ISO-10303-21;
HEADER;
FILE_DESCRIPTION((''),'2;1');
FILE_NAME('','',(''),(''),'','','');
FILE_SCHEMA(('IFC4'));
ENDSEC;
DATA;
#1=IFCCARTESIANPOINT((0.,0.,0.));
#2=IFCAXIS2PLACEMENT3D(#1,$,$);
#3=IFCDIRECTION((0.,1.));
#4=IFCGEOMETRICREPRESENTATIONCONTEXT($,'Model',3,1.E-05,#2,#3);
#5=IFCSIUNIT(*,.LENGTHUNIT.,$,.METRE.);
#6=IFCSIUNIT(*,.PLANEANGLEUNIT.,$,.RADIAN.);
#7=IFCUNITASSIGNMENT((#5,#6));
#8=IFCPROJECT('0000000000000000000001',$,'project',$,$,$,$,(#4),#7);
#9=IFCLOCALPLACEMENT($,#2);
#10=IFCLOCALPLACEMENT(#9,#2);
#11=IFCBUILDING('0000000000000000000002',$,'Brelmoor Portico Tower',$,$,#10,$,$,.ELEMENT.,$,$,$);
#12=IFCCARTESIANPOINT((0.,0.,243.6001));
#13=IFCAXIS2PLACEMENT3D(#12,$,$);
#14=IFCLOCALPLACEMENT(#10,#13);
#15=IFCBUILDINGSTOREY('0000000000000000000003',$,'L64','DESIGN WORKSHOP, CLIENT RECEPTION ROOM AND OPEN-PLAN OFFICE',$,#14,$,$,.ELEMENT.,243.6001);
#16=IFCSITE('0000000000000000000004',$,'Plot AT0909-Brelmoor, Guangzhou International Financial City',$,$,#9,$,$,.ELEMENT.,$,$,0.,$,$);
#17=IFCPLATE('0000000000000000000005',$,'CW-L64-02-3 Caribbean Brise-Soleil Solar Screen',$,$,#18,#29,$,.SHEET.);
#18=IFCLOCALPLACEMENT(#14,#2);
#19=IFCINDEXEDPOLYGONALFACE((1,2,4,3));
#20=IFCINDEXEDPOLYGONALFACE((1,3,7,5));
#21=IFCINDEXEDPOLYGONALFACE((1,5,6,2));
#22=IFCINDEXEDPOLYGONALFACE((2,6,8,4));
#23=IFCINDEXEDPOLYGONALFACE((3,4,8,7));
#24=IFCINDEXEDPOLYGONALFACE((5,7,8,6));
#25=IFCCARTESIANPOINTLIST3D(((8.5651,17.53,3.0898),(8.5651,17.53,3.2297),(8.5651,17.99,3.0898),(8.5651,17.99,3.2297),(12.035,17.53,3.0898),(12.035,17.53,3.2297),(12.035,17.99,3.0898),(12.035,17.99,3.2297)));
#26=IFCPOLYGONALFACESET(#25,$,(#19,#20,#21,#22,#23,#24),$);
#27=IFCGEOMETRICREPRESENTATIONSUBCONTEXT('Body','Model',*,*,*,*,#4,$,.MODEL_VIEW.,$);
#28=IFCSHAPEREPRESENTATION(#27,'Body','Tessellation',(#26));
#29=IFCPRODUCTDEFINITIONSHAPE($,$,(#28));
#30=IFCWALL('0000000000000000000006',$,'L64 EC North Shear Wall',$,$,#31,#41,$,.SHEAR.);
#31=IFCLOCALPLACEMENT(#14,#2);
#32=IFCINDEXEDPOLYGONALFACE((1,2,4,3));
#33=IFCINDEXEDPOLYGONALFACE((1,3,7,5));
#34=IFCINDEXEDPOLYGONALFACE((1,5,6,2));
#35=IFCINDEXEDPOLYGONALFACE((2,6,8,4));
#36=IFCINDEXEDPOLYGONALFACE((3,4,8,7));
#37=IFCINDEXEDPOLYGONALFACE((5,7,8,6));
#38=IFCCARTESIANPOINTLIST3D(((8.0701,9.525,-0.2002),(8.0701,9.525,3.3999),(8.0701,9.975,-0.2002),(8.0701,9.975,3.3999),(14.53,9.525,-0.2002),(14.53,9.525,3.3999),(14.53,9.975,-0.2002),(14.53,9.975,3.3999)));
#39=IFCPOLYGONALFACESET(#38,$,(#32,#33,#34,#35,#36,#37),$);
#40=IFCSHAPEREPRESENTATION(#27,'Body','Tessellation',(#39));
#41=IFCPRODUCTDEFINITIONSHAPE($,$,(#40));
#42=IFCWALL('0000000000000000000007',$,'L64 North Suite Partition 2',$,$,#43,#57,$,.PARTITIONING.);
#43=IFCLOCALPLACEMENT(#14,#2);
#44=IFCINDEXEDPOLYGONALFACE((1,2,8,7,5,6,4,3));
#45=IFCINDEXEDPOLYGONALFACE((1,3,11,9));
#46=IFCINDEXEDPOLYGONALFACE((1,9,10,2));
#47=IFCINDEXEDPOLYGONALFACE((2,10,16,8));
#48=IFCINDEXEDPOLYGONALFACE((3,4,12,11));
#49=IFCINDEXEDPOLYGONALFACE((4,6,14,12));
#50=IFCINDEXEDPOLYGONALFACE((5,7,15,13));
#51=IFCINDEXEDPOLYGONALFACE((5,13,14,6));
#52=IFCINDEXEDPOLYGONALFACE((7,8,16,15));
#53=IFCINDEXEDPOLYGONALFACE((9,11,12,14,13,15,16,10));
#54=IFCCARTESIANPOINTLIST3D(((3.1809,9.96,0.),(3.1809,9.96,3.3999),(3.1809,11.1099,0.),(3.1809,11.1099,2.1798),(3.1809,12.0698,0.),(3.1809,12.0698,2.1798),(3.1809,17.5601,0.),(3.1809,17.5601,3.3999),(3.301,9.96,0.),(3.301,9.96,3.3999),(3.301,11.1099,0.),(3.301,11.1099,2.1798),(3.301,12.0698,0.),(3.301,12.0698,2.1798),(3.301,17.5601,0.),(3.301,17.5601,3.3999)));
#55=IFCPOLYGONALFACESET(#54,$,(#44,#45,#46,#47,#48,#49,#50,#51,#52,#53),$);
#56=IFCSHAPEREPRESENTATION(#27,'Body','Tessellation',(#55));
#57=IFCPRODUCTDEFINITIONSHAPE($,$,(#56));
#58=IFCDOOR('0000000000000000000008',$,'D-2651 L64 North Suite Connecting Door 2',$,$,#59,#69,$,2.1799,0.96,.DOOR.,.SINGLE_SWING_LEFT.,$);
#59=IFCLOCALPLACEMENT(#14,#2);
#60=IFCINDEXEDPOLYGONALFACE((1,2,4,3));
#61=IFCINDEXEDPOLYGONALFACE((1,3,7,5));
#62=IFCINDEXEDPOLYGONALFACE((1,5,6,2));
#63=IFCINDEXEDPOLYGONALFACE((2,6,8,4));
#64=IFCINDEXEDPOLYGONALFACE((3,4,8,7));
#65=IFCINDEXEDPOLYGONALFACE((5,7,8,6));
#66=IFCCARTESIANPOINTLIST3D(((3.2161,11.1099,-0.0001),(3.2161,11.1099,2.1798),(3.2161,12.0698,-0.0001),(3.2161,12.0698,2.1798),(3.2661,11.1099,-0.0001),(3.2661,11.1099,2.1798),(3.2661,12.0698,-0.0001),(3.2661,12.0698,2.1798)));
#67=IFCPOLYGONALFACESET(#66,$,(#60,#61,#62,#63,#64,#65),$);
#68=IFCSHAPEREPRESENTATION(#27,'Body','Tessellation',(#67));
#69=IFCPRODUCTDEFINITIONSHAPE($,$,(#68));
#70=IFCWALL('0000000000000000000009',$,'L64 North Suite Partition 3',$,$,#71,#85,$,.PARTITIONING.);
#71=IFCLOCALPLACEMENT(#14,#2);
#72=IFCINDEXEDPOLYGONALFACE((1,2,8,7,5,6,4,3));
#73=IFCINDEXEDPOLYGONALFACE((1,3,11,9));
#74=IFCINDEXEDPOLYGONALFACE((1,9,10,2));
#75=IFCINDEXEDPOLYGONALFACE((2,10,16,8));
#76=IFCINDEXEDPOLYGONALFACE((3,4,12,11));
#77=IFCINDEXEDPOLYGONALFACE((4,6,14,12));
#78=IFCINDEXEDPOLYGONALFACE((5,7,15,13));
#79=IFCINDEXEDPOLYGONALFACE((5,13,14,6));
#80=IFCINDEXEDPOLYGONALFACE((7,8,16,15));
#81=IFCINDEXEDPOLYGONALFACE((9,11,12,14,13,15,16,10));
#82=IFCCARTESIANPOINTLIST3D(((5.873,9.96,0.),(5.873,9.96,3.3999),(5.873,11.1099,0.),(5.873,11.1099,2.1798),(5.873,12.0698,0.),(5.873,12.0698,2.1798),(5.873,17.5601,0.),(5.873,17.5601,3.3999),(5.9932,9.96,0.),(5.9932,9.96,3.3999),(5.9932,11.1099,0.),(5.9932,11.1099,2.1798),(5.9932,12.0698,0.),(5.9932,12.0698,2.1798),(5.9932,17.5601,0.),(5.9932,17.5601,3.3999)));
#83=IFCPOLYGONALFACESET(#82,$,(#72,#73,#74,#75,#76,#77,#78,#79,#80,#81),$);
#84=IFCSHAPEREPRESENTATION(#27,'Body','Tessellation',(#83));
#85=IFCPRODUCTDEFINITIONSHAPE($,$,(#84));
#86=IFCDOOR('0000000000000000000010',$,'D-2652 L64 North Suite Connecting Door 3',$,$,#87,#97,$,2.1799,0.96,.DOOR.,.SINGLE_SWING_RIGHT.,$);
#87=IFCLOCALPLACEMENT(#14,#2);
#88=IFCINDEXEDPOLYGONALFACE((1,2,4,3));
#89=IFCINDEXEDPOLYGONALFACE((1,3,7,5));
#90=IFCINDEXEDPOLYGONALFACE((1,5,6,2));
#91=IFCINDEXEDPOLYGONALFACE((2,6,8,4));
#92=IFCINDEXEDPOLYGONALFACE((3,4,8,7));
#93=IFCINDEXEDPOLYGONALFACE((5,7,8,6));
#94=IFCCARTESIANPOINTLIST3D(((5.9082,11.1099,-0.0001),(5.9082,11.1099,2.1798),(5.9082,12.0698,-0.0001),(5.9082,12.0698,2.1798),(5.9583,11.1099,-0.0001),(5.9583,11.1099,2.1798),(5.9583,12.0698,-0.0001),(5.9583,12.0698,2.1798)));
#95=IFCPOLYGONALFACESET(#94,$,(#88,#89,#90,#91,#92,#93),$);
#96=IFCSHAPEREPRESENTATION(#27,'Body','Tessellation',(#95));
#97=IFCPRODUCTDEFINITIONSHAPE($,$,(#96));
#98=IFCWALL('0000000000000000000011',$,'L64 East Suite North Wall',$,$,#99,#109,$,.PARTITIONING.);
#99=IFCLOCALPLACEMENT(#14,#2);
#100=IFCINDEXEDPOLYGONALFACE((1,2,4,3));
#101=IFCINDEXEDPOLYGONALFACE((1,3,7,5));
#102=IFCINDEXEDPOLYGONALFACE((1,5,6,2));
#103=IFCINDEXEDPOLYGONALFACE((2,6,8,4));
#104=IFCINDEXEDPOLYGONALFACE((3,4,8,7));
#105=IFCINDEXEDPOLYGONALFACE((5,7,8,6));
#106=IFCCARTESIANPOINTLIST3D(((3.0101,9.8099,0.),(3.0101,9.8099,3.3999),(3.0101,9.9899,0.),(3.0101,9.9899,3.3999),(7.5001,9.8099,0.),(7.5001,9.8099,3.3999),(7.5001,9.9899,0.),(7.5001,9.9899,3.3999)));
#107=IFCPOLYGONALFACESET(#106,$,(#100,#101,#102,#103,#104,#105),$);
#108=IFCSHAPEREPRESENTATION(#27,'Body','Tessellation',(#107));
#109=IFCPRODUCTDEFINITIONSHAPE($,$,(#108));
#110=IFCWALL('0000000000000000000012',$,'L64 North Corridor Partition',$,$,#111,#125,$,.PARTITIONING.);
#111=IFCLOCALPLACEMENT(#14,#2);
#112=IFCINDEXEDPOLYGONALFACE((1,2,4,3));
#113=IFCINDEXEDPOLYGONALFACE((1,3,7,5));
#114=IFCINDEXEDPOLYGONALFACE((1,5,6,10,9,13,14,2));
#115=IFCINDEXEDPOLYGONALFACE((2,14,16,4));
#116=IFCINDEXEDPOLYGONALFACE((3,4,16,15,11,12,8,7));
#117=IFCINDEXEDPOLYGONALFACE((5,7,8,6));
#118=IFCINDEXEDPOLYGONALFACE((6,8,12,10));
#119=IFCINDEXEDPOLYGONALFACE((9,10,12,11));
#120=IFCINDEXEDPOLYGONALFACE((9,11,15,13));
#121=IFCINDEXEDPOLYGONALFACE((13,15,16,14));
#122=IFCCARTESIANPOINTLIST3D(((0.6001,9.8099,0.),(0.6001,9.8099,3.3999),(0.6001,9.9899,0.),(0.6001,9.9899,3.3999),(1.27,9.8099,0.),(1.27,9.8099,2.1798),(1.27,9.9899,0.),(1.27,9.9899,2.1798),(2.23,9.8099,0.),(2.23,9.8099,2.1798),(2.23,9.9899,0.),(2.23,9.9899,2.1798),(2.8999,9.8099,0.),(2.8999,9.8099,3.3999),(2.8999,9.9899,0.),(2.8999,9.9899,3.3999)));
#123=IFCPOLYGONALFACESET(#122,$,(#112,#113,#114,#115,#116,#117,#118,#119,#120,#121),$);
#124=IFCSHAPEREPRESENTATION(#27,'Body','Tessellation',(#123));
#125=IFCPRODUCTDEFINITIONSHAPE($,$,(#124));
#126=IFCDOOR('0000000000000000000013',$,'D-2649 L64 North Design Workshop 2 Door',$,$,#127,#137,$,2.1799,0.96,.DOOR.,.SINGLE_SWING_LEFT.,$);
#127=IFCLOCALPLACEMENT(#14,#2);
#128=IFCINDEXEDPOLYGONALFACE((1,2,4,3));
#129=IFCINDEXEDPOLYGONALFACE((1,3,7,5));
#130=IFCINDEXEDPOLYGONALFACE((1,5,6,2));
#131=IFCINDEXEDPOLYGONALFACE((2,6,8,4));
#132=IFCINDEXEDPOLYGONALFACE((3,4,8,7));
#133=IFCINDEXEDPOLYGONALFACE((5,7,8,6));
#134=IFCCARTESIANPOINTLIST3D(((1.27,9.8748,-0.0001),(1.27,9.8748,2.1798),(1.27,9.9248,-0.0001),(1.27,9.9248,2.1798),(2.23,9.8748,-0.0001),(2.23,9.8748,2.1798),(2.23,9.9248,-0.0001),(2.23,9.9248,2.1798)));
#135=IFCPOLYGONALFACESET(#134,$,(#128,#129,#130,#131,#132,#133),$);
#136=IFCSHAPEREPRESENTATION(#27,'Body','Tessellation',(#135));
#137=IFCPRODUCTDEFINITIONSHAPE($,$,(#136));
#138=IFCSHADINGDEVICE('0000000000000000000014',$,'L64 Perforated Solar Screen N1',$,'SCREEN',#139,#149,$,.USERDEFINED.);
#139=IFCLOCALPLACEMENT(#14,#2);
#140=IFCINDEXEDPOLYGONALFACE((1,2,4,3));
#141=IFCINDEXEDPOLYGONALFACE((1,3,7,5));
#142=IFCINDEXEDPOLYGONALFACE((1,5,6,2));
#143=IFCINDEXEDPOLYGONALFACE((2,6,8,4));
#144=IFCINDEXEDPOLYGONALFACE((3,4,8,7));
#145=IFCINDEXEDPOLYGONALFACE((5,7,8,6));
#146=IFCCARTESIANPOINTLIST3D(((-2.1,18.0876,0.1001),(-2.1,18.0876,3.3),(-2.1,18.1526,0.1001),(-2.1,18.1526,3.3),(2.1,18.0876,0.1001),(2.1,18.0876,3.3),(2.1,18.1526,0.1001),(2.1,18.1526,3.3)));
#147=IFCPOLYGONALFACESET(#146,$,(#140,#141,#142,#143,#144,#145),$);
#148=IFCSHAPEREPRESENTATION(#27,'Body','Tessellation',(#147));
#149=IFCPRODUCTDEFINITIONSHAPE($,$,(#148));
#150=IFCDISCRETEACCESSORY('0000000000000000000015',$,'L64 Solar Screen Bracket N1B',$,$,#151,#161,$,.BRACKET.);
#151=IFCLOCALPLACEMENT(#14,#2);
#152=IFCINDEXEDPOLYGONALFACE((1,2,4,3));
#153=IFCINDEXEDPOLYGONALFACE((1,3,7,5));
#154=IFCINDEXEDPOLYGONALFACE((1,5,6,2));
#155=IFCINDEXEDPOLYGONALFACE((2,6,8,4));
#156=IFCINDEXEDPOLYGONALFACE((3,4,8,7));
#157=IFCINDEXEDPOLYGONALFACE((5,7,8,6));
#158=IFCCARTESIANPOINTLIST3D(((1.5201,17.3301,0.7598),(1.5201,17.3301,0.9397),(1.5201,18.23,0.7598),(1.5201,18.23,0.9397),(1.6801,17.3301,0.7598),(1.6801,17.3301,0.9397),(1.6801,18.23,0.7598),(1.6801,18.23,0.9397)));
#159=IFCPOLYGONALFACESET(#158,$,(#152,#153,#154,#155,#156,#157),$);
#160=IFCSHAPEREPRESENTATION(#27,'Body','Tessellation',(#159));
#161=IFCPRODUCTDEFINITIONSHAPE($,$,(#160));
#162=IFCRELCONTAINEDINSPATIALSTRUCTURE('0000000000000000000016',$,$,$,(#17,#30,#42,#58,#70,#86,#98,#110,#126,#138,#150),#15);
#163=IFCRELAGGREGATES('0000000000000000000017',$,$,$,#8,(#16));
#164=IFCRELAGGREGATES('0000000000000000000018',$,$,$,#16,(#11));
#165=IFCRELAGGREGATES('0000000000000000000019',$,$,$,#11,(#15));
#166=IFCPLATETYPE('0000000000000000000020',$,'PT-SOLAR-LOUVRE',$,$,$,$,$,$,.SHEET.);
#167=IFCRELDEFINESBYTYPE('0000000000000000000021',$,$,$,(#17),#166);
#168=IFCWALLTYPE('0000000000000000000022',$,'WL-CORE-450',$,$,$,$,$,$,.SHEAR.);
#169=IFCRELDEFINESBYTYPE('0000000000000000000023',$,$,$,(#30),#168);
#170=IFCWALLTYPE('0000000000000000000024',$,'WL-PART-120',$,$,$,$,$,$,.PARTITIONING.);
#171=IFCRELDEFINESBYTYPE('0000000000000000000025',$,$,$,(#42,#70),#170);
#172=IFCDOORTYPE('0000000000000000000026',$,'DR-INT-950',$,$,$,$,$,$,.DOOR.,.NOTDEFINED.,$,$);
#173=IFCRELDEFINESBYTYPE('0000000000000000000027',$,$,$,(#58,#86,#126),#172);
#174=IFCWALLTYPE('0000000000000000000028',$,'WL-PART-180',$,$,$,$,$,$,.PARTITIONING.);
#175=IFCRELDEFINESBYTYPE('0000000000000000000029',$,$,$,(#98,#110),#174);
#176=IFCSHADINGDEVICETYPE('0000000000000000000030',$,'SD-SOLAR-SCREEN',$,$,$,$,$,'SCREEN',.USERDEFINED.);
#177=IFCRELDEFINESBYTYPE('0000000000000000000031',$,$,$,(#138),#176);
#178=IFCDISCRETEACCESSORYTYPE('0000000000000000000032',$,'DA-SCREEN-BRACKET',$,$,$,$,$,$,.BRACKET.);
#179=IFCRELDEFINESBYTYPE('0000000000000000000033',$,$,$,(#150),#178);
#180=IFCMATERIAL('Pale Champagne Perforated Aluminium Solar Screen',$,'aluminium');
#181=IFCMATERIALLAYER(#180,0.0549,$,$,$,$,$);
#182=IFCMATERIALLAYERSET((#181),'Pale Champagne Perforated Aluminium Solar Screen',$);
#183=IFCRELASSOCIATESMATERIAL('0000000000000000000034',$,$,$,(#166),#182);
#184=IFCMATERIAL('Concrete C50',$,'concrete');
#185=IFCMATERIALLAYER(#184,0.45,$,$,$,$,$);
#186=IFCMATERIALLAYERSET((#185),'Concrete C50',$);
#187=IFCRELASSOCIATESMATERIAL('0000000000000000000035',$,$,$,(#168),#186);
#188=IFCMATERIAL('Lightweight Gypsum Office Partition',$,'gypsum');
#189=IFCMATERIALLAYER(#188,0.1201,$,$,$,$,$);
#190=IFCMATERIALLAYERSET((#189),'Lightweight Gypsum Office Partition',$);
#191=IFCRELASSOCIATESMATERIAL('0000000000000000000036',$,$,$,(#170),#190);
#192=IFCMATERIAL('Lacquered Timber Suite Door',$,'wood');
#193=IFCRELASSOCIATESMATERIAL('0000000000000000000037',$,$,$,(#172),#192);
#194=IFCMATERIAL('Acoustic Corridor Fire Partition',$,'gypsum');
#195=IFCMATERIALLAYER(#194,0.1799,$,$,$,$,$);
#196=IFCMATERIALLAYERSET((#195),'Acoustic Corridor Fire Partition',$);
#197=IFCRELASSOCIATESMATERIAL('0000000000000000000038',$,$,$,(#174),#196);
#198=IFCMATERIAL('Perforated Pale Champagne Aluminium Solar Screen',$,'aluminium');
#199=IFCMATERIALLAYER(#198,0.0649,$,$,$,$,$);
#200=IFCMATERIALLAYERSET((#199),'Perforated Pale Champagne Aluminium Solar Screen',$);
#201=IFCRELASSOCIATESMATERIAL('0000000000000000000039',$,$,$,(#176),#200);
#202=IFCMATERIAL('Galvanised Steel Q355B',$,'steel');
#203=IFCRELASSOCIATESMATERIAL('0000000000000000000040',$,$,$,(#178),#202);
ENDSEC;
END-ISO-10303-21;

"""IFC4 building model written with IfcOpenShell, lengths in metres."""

from ifc_helpers import new_model, si_unit, direction, frame, frame_2d, origin, origin_2d, place, context, subcontext, project, spatial, rectangle, extrude, material, layer, layer_set, type_object, element, fill, save


model = new_model("IFC4")

# Units and contexts
model_context = context("Model", 3, precision=1e-05, world=origin(), true_north=direction((0.0, 1.0)))
body_context = subcontext(model_context, "Body", "Model", "MODEL_VIEW")
ifc_project = project(units=[si_unit("LENGTHUNIT", "METRE"), si_unit("PLANEANGLEUNIT", "RADIAN")], contexts=[model_context])

# Site, building, storey
site_placement = place(None, origin())
site = spatial("IfcSite", under=ifc_project, at=site_placement, Name="Plot AT0909-Brelmoor, Guangzhou International Financial City", CompositionType="ELEMENT", RefElevation=0.0)
building_placement = place(site_placement, origin())
building = spatial("IfcBuilding", under=site, at=building_placement, Name="Brelmoor Portico Tower", CompositionType="ELEMENT")
storey_placement = place(building_placement, frame((0.0, 0.0, 243.6001)))
storey = spatial("IfcBuildingStorey", under=building, at=storey_placement, Name="L64", Description="DESIGN WORKSHOP, CLIENT RECEPTION ROOM AND OPEN-PLAN OFFICE", CompositionType="ELEMENT", Elevation=243.6001)

# Plate
ifc_material_1 = material(Name="Pale Champagne Perforated Aluminium Solar Screen", Category="aluminium")
ifc_layer_1 = layer(ifc_material_1, 0.0549)
ifc_layer_set_1 = layer_set([ifc_layer_1], Name="Pale Champagne Perforated Aluminium Solar Screen")
plate_type_1 = type_object("IfcPlateType", Name="PT-SOLAR-LOUVRE", PredefinedType="SHEET", material=ifc_layer_set_1)
plate_1_placement = place(storey_placement, frame((10.3, 17.76, 3.0898), z_axis=(0.0, 0.0, 1.0), x_axis=(1.0, 0.0, 0.0)))
element("IfcPlate", 1, at=plate_1_placement, inside=storey, type_object=plate_type_1, Name="CW-L64-02-3 Caribbean Brise-Soleil Solar Screen", PredefinedType="SHEET", context=body_context, shape_type="SweptSolid", body=[
    extrude(rectangle(XDim=3.47, YDim=0.46, at=origin_2d()), origin(), (0.0, 0.0, 1.0), 0.1399),
])

# Wall
ifc_material_2 = material(Name="Concrete C50", Category="concrete")
ifc_layer_2 = layer(ifc_material_2, 0.45)
ifc_layer_set_2 = layer_set([ifc_layer_2], Name="Concrete C50")
wall_type_1 = type_object("IfcWallType", Name="WL-CORE-450", PredefinedType="SHEAR", material=ifc_layer_set_2)
wall_1_placement = place(storey_placement, frame((8.0701, 9.75, -0.2002), z_axis=(0.0, 0.0, 1.0), x_axis=(1.0, 0.0, 0.0)))
element("IfcWall", 2, at=wall_1_placement, inside=storey, type_object=wall_type_1, Name="L64 EC North Shear Wall", PredefinedType="SHEAR", context=body_context, shape_type="SweptSolid", body=[
    extrude(rectangle(XDim=6.46, YDim=0.45, at=frame_2d((3.23, 0.0))), origin(), (0.0, 0.0, 1.0), 3.6001),
])

# Walls, openings, doors
ifc_material_3 = material(Name="Lightweight Gypsum Office Partition", Category="gypsum")
ifc_layer_3 = layer(ifc_material_3, 0.1201)
ifc_layer_set_3 = layer_set([ifc_layer_3], Name="Lightweight Gypsum Office Partition")
wall_type_2 = type_object("IfcWallType", Name="WL-PART-120", PredefinedType="PARTITIONING", material=ifc_layer_set_3)
wall_2_placement = place(storey_placement, frame((3.241, 9.96, 0.0), z_axis=(0.0, 0.0, 1.0), x_axis=(0.0, 1.0, 0.0)))
wall_2 = element("IfcWall", 3, at=wall_2_placement, inside=storey, type_object=wall_type_2, Name="L64 North Suite Partition 2", PredefinedType="PARTITIONING", context=body_context, shape_type="SweptSolid", body=[
    extrude(rectangle(XDim=7.6001, YDim=0.1201, at=frame_2d((3.8, 0.0))), origin(), (0.0, 0.0, 1.0), 3.3999),
])
opening_1_placement = place(wall_2_placement, frame((1.1499, 0.0, 0.0)))
opening_1 = element("IfcOpeningElement", 4, at=opening_1_placement, cuts=wall_2, PredefinedType="OPENING", context=body_context, shape_type="SweptSolid", body=[
    extrude(rectangle(XDim=0.96, YDim=2.1799, at=frame_2d((0.48, 1.0898))), frame((0.0, 0.0701, 0.0), z_axis=(0.0, -1.0, 0.0), x_axis=(1.0, 0.0, 0.0)), (0.0, 0.0, 1.0), 0.1401),
])
ifc_material_4 = material(Name="Lacquered Timber Suite Door", Category="wood")
door_type = type_object("IfcDoorType", Name="DR-INT-950", OperationType="NOTDEFINED", PredefinedType="DOOR", material=ifc_material_4)
door_1_placement = place(opening_1_placement, origin())
door_1 = element("IfcDoor", 5, at=door_1_placement, inside=storey, type_object=door_type, Name="D-2651 L64 North Suite Connecting Door 2", OperationType="SINGLE_SWING_LEFT", OverallHeight=2.1799, OverallWidth=0.96, PredefinedType="DOOR", context=body_context, shape_type="SweptSolid", body=[
    extrude(rectangle(XDim=0.96, YDim=2.1799, at=frame_2d((0.48, 1.0898))), frame((0.0, 0.0249, 0.0), z_axis=(0.0, -1.0, 0.0), x_axis=(1.0, 0.0, 0.0)), (0.0, 0.0, 1.0), 0.05),
])
fill(opening_1, door_1)
wall_3_placement = place(storey_placement, frame((5.9331, 9.96, 0.0), z_axis=(0.0, 0.0, 1.0), x_axis=(0.0, 1.0, 0.0)))
wall_3 = element("IfcWall", 6, at=wall_3_placement, inside=storey, type_object=wall_type_2, Name="L64 North Suite Partition 3", PredefinedType="PARTITIONING", context=body_context, shape_type="SweptSolid", body=[
    extrude(rectangle(XDim=7.6001, YDim=0.1201, at=frame_2d((3.8, 0.0))), origin(), (0.0, 0.0, 1.0), 3.3999),
])
opening_2_placement = place(wall_3_placement, frame((1.1499, 0.0, 0.0)))
opening_2 = element("IfcOpeningElement", 7, at=opening_2_placement, cuts=wall_3, PredefinedType="OPENING", context=body_context, shape_type="SweptSolid", body=[
    extrude(rectangle(XDim=0.96, YDim=2.1799, at=frame_2d((0.48, 1.0898))), frame((0.0, 0.0701, 0.0), z_axis=(0.0, -1.0, 0.0), x_axis=(1.0, 0.0, 0.0)), (0.0, 0.0, 1.0), 0.1401),
])
door_2_placement = place(opening_2_placement, origin())
door_2 = element("IfcDoor", 8, at=door_2_placement, inside=storey, type_object=door_type, Name="D-2652 L64 North Suite Connecting Door 3", OperationType="SINGLE_SWING_RIGHT", OverallHeight=2.1799, OverallWidth=0.96, PredefinedType="DOOR", context=body_context, shape_type="SweptSolid", body=[
    extrude(rectangle(XDim=0.96, YDim=2.1799, at=frame_2d((0.48, 1.0898))), frame((0.0, 0.0249, 0.0), z_axis=(0.0, -1.0, 0.0), x_axis=(1.0, 0.0, 0.0)), (0.0, 0.0, 1.0), 0.05),
])
fill(opening_2, door_2)

# Wall
ifc_material_5 = material(Name="Acoustic Corridor Fire Partition", Category="gypsum")
ifc_layer_4 = layer(ifc_material_5, 0.1799)
ifc_layer_set_4 = layer_set([ifc_layer_4], Name="Acoustic Corridor Fire Partition")
wall_type_3 = type_object("IfcWallType", Name="WL-PART-180", PredefinedType="PARTITIONING", material=ifc_layer_set_4)
wall_4_placement = place(storey_placement, frame((3.01, 9.8999, 0.0), z_axis=(0.0, 0.0, 1.0), x_axis=(1.0, 0.0, 0.0)))
element("IfcWall", 9, at=wall_4_placement, inside=storey, type_object=wall_type_3, Name="L64 East Suite North Wall", PredefinedType="PARTITIONING", context=body_context, shape_type="SweptSolid", body=[
    extrude(rectangle(XDim=4.49, YDim=0.1799, at=frame_2d((2.2451, 0.0))), origin(), (0.0, 0.0, 1.0), 3.3999),
])

# Wall, opening, door
wall_5_placement = place(storey_placement, frame((0.6001, 9.8999, 0.0), z_axis=(0.0, 0.0, 1.0), x_axis=(1.0, 0.0, 0.0)))
wall_5 = element("IfcWall", 10, at=wall_5_placement, inside=storey, type_object=wall_type_3, Name="L64 North Corridor Partition", PredefinedType="PARTITIONING", context=body_context, shape_type="SweptSolid", body=[
    extrude(rectangle(XDim=2.2998, YDim=0.1799, at=frame_2d((1.1499, 0.0))), origin(), (0.0, 0.0, 1.0), 3.3999),
])
opening_3_placement = place(wall_5_placement, frame((0.6699, 0.0, 0.0)))
opening_3 = element("IfcOpeningElement", 11, at=opening_3_placement, cuts=wall_5, PredefinedType="OPENING", context=body_context, shape_type="SweptSolid", body=[
    extrude(rectangle(XDim=0.96, YDim=2.1799, at=frame_2d((0.48, 1.0898))), frame((0.0, 0.0999, 0.0), z_axis=(0.0, -1.0, 0.0), x_axis=(1.0, 0.0, 0.0)), (0.0, 0.0, 1.0), 0.2),
])
door_3_placement = place(opening_3_placement, origin())
door_3 = element("IfcDoor", 12, at=door_3_placement, inside=storey, type_object=door_type, Name="D-2649 L64 North Design Workshop 2 Door", OperationType="SINGLE_SWING_LEFT", OverallHeight=2.1799, OverallWidth=0.96, PredefinedType="DOOR", context=body_context, shape_type="SweptSolid", body=[
    extrude(rectangle(XDim=0.96, YDim=2.1799, at=frame_2d((0.48, 1.0898))), frame((0.0, 0.0249, 0.0), z_axis=(0.0, -1.0, 0.0), x_axis=(1.0, 0.0, 0.0)), (0.0, 0.0, 1.0), 0.05),
])
fill(opening_3, door_3)

# Shading device
ifc_material_6 = material(Name="Perforated Pale Champagne Aluminium Solar Screen", Category="aluminium")
ifc_layer_5 = layer(ifc_material_6, 0.0649)
ifc_layer_set_5 = layer_set([ifc_layer_5], Name="Perforated Pale Champagne Aluminium Solar Screen")
shading_device_type = type_object("IfcShadingDeviceType", Name="SD-SOLAR-SCREEN", ElementType="SCREEN", PredefinedType="USERDEFINED", material=ifc_layer_set_5)
shading_device_placement = place(storey_placement, frame((0.0, 18.1201, 0.1001), z_axis=(0.0, 0.0, 1.0), x_axis=(1.0, 0.0, 0.0)))
element("IfcShadingDevice", 13, at=shading_device_placement, inside=storey, type_object=shading_device_type, Name="L64 Perforated Solar Screen N1", ObjectType="SCREEN", PredefinedType="USERDEFINED", context=body_context, shape_type="SweptSolid", body=[
    extrude(rectangle(XDim=4.2, YDim=0.0649, at=origin_2d()), origin(), (0.0, 0.0, 1.0), 3.2),
])

# Discrete accessory
ifc_material_7 = material(Name="Galvanised Steel Q355B", Category="steel")
discrete_accessory_type = type_object("IfcDiscreteAccessoryType", Name="DA-SCREEN-BRACKET", PredefinedType="BRACKET", material=ifc_material_7)
discrete_accessory_placement = place(storey_placement, frame((1.6001, 17.78, 0.7598), z_axis=(0.0, 0.0, 1.0), x_axis=(1.0, 0.0, 0.0)))
element("IfcDiscreteAccessory", 14, at=discrete_accessory_placement, inside=storey, type_object=discrete_accessory_type, Name="L64 Solar Screen Bracket N1B", PredefinedType="BRACKET", context=body_context, shape_type="SweptSolid", body=[
    extrude(rectangle(XDim=0.1599, YDim=0.8999, at=origin_2d()), origin(), (0.0, 0.0, 1.0), 0.1799),
])

save(model, "model.ifc")
